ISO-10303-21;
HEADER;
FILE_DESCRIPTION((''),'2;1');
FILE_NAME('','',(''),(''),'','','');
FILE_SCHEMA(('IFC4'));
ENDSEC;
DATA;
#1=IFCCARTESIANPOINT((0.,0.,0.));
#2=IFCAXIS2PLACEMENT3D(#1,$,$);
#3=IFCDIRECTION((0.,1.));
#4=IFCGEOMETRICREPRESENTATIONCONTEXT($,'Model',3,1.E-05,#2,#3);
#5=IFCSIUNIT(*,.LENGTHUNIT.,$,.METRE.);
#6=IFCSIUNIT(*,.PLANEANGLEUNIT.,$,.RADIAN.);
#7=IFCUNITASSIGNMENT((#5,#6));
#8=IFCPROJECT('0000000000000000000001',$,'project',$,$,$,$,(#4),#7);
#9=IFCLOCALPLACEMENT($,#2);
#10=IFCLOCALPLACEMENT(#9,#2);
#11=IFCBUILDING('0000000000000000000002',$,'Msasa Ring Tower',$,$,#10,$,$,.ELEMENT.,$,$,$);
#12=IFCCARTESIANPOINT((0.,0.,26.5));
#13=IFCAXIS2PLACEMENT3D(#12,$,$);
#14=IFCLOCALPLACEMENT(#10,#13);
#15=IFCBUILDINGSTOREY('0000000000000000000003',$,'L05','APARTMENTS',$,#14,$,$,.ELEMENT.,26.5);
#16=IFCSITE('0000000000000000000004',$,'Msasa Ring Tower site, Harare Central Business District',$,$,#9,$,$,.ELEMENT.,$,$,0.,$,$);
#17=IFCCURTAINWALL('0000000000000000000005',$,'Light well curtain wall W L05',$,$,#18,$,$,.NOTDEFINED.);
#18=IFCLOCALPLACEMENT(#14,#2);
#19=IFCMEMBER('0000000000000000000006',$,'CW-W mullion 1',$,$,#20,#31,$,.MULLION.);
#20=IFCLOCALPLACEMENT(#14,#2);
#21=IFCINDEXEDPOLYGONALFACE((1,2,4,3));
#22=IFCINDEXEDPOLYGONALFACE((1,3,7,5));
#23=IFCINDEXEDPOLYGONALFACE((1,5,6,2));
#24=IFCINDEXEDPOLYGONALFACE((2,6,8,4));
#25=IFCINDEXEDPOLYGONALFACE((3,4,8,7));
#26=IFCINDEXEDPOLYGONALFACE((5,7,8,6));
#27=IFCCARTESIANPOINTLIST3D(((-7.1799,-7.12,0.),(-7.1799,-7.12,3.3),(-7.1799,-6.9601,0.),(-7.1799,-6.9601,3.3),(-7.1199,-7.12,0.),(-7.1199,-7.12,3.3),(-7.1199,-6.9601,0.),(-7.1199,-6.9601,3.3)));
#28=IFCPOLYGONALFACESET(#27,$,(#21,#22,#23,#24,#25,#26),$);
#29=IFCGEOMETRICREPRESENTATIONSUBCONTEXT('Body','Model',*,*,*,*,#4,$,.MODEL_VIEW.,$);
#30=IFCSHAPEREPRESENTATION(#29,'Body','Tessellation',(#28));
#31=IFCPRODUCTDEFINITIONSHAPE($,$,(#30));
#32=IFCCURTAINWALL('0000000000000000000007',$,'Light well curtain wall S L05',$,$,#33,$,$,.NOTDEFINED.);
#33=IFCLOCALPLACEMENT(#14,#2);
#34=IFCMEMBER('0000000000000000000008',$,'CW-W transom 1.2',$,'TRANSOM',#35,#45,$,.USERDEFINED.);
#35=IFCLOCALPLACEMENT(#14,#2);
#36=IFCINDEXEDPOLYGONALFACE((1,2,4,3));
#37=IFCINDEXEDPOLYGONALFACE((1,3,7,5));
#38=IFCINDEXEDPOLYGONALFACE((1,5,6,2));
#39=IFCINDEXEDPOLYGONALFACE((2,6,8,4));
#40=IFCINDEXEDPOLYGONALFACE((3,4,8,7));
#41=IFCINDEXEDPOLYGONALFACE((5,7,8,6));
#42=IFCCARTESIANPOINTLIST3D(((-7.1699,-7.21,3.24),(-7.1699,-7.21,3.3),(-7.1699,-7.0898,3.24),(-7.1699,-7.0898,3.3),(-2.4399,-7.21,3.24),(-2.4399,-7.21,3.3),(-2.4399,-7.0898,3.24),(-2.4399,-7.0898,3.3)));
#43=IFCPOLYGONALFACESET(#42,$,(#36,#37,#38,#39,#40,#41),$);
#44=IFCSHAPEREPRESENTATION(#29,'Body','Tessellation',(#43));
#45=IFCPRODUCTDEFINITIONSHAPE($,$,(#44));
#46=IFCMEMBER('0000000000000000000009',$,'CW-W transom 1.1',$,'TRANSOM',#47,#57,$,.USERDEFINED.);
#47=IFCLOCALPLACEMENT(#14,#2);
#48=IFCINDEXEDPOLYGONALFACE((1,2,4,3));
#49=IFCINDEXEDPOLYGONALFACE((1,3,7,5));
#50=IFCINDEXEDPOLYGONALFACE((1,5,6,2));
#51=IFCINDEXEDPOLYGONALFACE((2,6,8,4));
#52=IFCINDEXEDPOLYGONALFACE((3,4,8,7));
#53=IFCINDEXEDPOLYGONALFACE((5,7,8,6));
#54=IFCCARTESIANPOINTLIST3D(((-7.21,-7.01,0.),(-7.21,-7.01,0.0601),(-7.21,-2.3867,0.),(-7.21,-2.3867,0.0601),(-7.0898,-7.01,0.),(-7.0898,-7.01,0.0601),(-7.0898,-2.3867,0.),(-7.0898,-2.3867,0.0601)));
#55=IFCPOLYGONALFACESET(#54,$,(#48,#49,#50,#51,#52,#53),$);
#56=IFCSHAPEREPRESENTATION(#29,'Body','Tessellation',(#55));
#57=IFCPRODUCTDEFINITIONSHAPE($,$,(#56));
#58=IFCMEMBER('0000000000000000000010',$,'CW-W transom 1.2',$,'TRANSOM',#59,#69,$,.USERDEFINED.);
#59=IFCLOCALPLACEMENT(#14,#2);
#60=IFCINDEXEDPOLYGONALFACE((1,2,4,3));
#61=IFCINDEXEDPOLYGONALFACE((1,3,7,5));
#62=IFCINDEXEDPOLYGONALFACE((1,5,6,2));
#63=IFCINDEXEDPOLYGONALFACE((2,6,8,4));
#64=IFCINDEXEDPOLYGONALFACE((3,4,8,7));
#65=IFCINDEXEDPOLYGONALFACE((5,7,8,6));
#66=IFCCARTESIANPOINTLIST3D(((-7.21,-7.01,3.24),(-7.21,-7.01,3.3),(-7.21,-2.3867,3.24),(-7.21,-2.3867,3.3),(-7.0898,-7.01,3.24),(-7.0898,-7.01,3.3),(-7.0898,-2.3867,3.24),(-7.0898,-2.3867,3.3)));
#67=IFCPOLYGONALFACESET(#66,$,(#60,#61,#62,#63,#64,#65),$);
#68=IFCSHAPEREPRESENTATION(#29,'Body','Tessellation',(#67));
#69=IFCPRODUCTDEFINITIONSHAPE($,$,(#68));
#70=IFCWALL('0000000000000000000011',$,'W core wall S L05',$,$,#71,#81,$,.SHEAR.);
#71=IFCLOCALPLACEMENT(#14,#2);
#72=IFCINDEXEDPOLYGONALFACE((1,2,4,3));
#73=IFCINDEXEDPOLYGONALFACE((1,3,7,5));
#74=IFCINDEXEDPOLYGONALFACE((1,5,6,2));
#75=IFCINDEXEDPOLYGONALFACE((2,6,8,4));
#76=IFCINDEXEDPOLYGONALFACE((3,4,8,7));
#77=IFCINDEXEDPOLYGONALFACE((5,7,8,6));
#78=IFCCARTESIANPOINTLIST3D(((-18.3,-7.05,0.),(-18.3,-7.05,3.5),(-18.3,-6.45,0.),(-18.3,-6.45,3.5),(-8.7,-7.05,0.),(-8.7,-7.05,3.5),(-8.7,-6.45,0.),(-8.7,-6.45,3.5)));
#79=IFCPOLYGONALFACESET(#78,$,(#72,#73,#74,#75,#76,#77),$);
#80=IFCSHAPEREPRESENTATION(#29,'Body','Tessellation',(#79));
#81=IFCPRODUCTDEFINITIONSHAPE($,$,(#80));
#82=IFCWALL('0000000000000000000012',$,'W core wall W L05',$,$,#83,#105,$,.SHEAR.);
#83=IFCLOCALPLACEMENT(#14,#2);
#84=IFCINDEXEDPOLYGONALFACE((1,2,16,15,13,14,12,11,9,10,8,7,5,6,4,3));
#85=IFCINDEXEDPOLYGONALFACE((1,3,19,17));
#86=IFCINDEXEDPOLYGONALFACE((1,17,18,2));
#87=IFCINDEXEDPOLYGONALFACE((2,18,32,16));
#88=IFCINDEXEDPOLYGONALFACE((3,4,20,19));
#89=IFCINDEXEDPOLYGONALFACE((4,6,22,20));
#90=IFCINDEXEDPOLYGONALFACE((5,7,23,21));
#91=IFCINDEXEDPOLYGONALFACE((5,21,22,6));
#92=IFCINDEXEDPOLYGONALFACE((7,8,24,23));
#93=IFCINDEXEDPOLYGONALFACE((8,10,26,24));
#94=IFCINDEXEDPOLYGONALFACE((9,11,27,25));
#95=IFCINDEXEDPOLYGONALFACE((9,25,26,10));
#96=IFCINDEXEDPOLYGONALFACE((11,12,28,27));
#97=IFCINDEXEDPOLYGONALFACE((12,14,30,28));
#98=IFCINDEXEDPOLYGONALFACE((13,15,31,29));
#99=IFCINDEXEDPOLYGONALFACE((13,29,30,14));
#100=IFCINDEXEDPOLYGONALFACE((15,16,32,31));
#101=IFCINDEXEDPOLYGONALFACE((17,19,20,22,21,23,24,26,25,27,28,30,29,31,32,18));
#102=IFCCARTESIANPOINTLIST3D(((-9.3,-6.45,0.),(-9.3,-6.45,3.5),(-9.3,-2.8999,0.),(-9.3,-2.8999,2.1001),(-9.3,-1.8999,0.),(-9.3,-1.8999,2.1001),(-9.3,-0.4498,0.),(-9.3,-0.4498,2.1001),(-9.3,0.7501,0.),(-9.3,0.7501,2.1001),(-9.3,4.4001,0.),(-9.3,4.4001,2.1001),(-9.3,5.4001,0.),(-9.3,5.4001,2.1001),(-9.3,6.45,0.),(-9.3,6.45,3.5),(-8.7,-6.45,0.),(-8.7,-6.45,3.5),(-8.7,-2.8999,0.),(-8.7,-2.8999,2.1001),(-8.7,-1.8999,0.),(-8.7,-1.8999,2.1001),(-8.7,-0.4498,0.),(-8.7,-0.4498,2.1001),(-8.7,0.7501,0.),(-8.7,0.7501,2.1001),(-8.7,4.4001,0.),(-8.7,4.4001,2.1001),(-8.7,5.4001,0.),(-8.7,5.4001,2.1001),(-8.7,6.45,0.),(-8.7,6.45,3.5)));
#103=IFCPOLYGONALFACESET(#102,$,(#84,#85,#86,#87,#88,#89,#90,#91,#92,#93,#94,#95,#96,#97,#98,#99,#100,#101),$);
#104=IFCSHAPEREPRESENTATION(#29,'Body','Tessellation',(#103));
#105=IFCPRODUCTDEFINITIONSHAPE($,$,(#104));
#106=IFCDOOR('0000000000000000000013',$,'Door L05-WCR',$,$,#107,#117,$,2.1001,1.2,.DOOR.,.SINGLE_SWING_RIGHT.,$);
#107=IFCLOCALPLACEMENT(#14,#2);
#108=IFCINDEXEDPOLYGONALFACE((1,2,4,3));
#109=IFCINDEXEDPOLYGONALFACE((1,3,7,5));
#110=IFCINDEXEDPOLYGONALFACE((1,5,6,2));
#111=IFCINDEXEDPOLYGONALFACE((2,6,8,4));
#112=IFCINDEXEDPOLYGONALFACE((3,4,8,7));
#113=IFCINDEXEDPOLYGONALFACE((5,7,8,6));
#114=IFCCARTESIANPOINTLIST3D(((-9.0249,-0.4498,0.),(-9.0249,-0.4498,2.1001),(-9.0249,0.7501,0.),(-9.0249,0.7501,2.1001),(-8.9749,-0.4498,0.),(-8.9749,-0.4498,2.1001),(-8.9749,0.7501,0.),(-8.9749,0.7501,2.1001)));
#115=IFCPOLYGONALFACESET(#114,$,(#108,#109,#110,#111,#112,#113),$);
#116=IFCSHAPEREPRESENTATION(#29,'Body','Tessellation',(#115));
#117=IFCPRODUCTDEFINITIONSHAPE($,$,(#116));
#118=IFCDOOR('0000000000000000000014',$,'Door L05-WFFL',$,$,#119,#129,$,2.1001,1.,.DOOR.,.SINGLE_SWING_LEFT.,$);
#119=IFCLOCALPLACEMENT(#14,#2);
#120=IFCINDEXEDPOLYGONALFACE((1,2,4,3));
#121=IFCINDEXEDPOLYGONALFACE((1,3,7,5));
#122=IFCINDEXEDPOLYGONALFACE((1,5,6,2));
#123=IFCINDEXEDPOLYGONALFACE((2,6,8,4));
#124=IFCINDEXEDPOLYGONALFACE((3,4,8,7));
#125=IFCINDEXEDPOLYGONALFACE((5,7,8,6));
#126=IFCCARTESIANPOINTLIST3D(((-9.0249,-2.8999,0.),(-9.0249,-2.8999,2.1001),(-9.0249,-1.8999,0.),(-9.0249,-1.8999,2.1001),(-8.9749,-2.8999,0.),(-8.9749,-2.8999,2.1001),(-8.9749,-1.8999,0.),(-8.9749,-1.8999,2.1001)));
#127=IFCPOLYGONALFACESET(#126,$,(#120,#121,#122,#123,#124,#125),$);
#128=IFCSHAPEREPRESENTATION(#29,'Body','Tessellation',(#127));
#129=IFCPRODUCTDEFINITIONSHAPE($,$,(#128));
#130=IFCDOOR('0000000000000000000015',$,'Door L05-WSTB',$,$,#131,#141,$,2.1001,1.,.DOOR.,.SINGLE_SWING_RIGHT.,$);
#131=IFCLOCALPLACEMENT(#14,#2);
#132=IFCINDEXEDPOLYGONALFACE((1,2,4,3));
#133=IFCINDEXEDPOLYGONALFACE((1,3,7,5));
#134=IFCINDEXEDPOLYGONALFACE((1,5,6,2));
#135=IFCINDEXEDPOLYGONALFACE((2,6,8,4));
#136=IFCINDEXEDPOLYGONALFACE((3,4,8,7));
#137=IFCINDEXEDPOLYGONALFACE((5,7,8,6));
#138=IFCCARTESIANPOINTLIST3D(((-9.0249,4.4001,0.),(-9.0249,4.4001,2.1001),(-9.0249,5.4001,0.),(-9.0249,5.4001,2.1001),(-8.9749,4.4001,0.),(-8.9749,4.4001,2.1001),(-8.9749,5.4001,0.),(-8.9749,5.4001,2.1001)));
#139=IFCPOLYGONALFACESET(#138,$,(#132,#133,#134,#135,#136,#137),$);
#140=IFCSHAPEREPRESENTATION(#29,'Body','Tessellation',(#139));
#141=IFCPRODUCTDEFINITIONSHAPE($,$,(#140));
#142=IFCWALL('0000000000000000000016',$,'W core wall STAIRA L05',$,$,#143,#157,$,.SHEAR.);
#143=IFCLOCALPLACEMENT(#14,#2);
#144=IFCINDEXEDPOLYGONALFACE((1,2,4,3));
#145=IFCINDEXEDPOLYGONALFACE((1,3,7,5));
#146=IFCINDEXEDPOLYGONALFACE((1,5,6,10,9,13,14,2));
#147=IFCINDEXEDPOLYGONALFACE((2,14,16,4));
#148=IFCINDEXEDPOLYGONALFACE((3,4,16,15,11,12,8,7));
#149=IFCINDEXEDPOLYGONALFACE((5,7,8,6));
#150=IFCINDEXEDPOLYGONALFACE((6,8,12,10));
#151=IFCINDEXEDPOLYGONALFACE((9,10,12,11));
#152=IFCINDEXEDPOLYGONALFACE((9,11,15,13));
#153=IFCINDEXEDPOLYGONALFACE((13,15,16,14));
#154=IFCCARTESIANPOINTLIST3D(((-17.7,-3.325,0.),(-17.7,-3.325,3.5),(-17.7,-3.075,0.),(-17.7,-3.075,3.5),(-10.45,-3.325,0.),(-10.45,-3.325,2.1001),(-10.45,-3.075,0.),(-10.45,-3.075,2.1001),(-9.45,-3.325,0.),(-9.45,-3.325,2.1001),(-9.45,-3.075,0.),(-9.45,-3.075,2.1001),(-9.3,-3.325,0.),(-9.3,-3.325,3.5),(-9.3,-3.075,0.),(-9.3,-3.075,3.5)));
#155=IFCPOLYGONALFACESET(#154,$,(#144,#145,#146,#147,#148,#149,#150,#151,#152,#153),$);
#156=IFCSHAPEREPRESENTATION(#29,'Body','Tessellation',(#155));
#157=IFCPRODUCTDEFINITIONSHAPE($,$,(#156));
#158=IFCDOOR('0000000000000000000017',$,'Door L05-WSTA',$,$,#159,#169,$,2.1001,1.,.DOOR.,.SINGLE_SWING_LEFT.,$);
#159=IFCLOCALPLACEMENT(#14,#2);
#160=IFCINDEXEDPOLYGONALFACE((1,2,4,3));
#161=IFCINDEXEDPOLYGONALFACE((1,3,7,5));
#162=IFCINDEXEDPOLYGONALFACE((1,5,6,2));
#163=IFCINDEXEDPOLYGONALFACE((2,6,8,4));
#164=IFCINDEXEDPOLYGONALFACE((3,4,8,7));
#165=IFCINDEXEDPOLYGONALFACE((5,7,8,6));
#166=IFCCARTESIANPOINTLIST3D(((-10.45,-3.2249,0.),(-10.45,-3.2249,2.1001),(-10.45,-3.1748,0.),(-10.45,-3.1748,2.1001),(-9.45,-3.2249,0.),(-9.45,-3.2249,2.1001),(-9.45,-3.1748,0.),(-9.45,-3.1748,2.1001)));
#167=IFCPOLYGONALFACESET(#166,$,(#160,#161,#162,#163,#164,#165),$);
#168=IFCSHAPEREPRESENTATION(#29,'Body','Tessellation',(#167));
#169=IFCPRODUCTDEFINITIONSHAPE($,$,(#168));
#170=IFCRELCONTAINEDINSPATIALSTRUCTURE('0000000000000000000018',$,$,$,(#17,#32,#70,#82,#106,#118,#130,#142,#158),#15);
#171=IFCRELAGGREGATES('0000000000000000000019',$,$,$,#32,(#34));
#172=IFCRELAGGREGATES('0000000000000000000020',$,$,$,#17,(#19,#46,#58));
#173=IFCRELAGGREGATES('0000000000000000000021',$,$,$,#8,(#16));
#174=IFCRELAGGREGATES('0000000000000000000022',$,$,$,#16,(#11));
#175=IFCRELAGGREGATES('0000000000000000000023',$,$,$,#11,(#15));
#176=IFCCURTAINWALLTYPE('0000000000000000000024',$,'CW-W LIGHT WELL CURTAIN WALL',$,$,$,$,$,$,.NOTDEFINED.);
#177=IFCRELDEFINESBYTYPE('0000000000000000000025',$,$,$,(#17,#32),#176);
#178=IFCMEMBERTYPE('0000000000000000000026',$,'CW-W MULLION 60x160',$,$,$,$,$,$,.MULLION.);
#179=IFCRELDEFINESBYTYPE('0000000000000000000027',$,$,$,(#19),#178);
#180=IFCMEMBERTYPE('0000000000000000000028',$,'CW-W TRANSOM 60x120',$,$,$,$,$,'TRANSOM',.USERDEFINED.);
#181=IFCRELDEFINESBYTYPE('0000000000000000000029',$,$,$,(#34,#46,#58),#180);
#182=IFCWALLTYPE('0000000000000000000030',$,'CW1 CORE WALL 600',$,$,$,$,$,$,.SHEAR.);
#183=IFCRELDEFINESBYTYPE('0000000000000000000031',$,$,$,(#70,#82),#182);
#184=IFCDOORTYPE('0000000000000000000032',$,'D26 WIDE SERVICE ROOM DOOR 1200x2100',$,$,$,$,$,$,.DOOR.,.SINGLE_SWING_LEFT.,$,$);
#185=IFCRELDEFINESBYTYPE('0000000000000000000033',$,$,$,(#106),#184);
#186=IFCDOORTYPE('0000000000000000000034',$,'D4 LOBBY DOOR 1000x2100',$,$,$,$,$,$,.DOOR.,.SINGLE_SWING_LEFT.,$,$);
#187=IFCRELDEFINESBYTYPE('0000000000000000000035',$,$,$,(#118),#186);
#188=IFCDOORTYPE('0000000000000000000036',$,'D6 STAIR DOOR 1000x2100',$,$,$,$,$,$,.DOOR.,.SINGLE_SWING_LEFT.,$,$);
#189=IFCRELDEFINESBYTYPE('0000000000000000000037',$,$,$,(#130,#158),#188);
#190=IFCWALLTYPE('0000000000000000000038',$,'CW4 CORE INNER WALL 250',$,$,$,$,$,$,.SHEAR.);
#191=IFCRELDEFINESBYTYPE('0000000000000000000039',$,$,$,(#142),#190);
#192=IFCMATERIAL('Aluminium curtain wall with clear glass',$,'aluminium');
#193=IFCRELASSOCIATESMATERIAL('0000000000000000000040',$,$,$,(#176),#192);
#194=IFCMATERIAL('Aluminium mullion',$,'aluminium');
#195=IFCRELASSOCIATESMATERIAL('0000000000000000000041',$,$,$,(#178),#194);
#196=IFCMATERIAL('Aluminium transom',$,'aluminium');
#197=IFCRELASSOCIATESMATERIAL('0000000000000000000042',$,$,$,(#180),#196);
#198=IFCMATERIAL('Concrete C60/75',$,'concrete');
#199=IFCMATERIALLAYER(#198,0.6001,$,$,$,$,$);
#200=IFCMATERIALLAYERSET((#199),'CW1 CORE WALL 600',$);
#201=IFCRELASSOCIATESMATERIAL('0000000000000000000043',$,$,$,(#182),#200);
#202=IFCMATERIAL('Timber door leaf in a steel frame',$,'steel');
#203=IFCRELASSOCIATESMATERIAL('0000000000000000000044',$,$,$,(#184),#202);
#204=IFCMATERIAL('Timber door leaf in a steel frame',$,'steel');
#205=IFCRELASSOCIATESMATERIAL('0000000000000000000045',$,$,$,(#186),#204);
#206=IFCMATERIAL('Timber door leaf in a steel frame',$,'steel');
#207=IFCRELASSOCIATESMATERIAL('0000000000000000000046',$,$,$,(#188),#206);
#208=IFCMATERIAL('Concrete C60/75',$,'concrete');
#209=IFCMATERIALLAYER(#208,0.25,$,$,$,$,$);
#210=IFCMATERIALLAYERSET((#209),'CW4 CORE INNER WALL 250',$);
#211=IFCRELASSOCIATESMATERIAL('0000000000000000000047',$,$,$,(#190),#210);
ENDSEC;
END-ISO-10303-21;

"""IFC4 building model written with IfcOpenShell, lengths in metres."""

from ifc_helpers import new_model, si_unit, direction, frame, frame_2d, origin, origin_2d, place, context, subcontext, project, spatial, rectangle, extrude, material, layer, layer_set, material_profile, profile_set, type_object, element, fill, aggregate, save


model = new_model("IFC4")

# Units and contexts
model_context = context("Model", 3, precision=1e-05, world=origin(), true_north=direction((0.0, 1.0)))
body_context = subcontext(model_context, "Body", "Model", "MODEL_VIEW")
ifc_project = project(units=[si_unit("LENGTHUNIT", "METRE"), si_unit("PLANEANGLEUNIT", "RADIAN")], contexts=[model_context])

# Site, building, storey
site_placement = place(None, origin())
site = spatial("IfcSite", under=ifc_project, at=site_placement, Name="Msasa Ring Tower site, Harare Central Business District", CompositionType="ELEMENT", RefElevation=0.0)
building_placement = place(site_placement, origin())
building = spatial("IfcBuilding", under=site, at=building_placement, Name="Msasa Ring Tower", CompositionType="ELEMENT")
storey_placement = place(building_placement, frame((0.0, 0.0, 26.5)))
storey = spatial("IfcBuildingStorey", under=building, at=storey_placement, Name="L05", Description="APARTMENTS", CompositionType="ELEMENT", Elevation=26.5)

# Curtain walls, members
ifc_material_1 = material(Name="Aluminium curtain wall with clear glass", Category="aluminium")
curtain_wall_type = type_object("IfcCurtainWallType", Name="CW-W LIGHT WELL CURTAIN WALL", PredefinedType="NOTDEFINED", material=ifc_material_1)
curtain_wall_1_placement = place(storey_placement, origin())
curtain_wall_1 = element("IfcCurtainWall", 1, at=curtain_wall_1_placement, inside=storey, type_object=curtain_wall_type, Name="Light well curtain wall W L05", PredefinedType="NOTDEFINED")
ifc_material_2 = material(Name="Aluminium mullion", Category="aluminium")
ifc_material_profile_1 = material_profile(ifc_material_2, rectangle(XDim=0.0601, YDim=0.1599, at=origin_2d()), Name="AL 60x160")
ifc_profile_set_1 = profile_set([ifc_material_profile_1], Name="Aluminium mullion")
member_type_1 = type_object("IfcMemberType", Name="CW-W MULLION 60x160", PredefinedType="MULLION", material=ifc_profile_set_1)
member_1_placement = place(storey_placement, frame((-7.1499, -7.04, 0.0), z_axis=(0.0, 0.0, 1.0), x_axis=(-1.0, 0.0, 0.0)))
member_1 = element("IfcMember", 2, at=member_1_placement, type_object=member_type_1, Name="CW-W mullion 1", PredefinedType="MULLION", context=body_context, shape_type="SweptSolid", body=[
    extrude(rectangle(XDim=0.0601, YDim=0.1599, at=origin_2d()), origin(), (0.0, 0.0, 1.0), 3.3),
])
curtain_wall_2_placement = place(storey_placement, origin())
curtain_wall_2 = element("IfcCurtainWall", 3, at=curtain_wall_2_placement, inside=storey, type_object=curtain_wall_type, Name="Light well curtain wall S L05", PredefinedType="NOTDEFINED")
ifc_material_3 = material(Name="Aluminium transom", Category="aluminium")
ifc_material_profile_2 = material_profile(ifc_material_3, rectangle(XDim=0.1201, YDim=0.0601, at=origin_2d()), Name="AL 60x120")
ifc_profile_set_2 = profile_set([ifc_material_profile_2], Name="Aluminium transom")
member_type_2 = type_object("IfcMemberType", Name="CW-W TRANSOM 60x120", ElementType="TRANSOM", PredefinedType="USERDEFINED", material=ifc_profile_set_2)
member_2_placement = place(storey_placement, frame((-7.1699, -7.1499, 3.27), z_axis=(1.0, 0.0, 0.0), x_axis=(0.0, 1.0, 0.0)))
member_2 = element("IfcMember", 4, at=member_2_placement, type_object=member_type_2, Name="CW-W transom 1.2", ObjectType="TRANSOM", PredefinedType="USERDEFINED", context=body_context, shape_type="SweptSolid", body=[
    extrude(rectangle(XDim=0.1201, YDim=0.0601, at=origin_2d()), origin(), (0.0, 0.0, 1.0), 4.73),
])
aggregate(curtain_wall_2, [member_2])

# Members
member_3_placement = place(storey_placement, frame((-7.1499, -7.01, 0.03), z_axis=(0.0, 1.0, 0.0), x_axis=(-1.0, 0.0, 0.0)))
member_3 = element("IfcMember", 5, at=member_3_placement, type_object=member_type_2, Name="CW-W transom 1.1", ObjectType="TRANSOM", PredefinedType="USERDEFINED", context=body_context, shape_type="SweptSolid", body=[
    extrude(rectangle(XDim=0.1201, YDim=0.0601, at=origin_2d()), origin(), (0.0, 0.0, 1.0), 4.6233),
])
member_4_placement = place(storey_placement, frame((-7.1499, -7.01, 3.27), z_axis=(0.0, 1.0, 0.0), x_axis=(-1.0, 0.0, 0.0)))
member_4 = element("IfcMember", 6, at=member_4_placement, type_object=member_type_2, Name="CW-W transom 1.2", ObjectType="TRANSOM", PredefinedType="USERDEFINED", context=body_context, shape_type="SweptSolid", body=[
    extrude(rectangle(XDim=0.1201, YDim=0.0601, at=origin_2d()), origin(), (0.0, 0.0, 1.0), 4.6233),
])
aggregate(curtain_wall_1, [member_1, member_3, member_4])

# Wall
ifc_material_4 = material(Name="Concrete C60/75", Category="concrete")
ifc_layer_1 = layer(ifc_material_4, 0.6001)
ifc_layer_set_1 = layer_set([ifc_layer_1], Name="CW1 CORE WALL 600")
wall_type_1 = type_object("IfcWallType", Name="CW1 CORE WALL 600", PredefinedType="SHEAR", material=ifc_layer_set_1)
wall_1_placement = place(storey_placement, frame((-8.7, -6.75, 0.0), z_axis=(0.0, 0.0, 1.0), x_axis=(-1.0, 0.0, 0.0)))
element("IfcWall", 7, at=wall_1_placement, inside=storey, type_object=wall_type_1, Name="W core wall S L05", PredefinedType="SHEAR", context=body_context, shape_type="SweptSolid", body=[
    extrude(rectangle(XDim=9.6001, YDim=0.6001, at=frame_2d((4.8, 0.0))), origin(), (0.0, 0.0, 1.0), 3.5),
])

# Wall, openings, doors
wall_2_placement = place(storey_placement, frame((-9.0, -6.45, 0.0), z_axis=(0.0, 0.0, 1.0), x_axis=(0.0, 1.0, 0.0)))
wall_2 = element("IfcWall", 8, at=wall_2_placement, inside=storey, type_object=wall_type_1, Name="W core wall W L05", PredefinedType="SHEAR", context=body_context, shape_type="SweptSolid", body=[
    extrude(rectangle(XDim=12.8999, YDim=0.6001, at=frame_2d((6.45, 0.0))), origin(), (0.0, 0.0, 1.0), 3.5),
])
opening_1_placement = place(wall_2_placement, frame((3.55, 0.0, 0.0)))
opening_1 = element("IfcOpeningElement", 9, at=opening_1_placement, cuts=wall_2, PredefinedType="OPENING", context=body_context, shape_type="SweptSolid", body=[
    extrude(rectangle(XDim=1.0, YDim=2.1001, at=frame_2d((0.5, 1.05))), frame((0.0, 0.3101, 0.0), z_axis=(0.0, -1.0, 0.0), x_axis=(1.0, 0.0, 0.0)), (0.0, 0.0, 1.0), 0.6201),
])
opening_2_placement = place(wall_2_placement, frame((6.0, 0.0, 0.0)))
opening_2 = element("IfcOpeningElement", 10, at=opening_2_placement, cuts=wall_2, PredefinedType="OPENING", context=body_context, shape_type="SweptSolid", body=[
    extrude(rectangle(XDim=1.2, YDim=2.1001, at=frame_2d((0.6001, 1.05))), frame((0.0, 0.3101, 0.0), z_axis=(0.0, -1.0, 0.0), x_axis=(1.0, 0.0, 0.0)), (0.0, 0.0, 1.0), 0.6201),
])
opening_3_placement = place(wall_2_placement, frame((10.8501, 0.0, 0.0)))
opening_3 = element("IfcOpeningElement", 11, at=opening_3_placement, cuts=wall_2, PredefinedType="OPENING", context=body_context, shape_type="SweptSolid", body=[
    extrude(rectangle(XDim=1.0, YDim=2.1001, at=frame_2d((0.5, 1.05))), frame((0.0, 0.3101, 0.0), z_axis=(0.0, -1.0, 0.0), x_axis=(1.0, 0.0, 0.0)), (0.0, 0.0, 1.0), 0.6201),
])
ifc_material_5 = material(Name="Timber door leaf in a steel frame", Category="steel")
door_type_1 = type_object("IfcDoorType", Name="D26 WIDE SERVICE ROOM DOOR 1200x2100", OperationType="SINGLE_SWING_LEFT", PredefinedType="DOOR", material=ifc_material_5)
door_1_placement = place(opening_2_placement, origin())
door_1 = element("IfcDoor", 12, at=door_1_placement, inside=storey, type_object=door_type_1, Name="Door L05-WCR", OperationType="SINGLE_SWING_RIGHT", OverallHeight=2.1001, OverallWidth=1.2, PredefinedType="DOOR", context=body_context, shape_type="SweptSolid", body=[
    extrude(rectangle(XDim=1.2, YDim=2.1001, at=frame_2d((0.6001, 1.05))), frame((0.0, 0.0249, 0.0), z_axis=(0.0, -1.0, 0.0), x_axis=(1.0, 0.0, 0.0)), (0.0, 0.0, 1.0), 0.05),
])
fill(opening_2, door_1)
ifc_material_6 = material(Name="Timber door leaf in a steel frame", Category="steel")
door_type_2 = type_object("IfcDoorType", Name="D4 LOBBY DOOR 1000x2100", OperationType="SINGLE_SWING_LEFT", PredefinedType="DOOR", material=ifc_material_6)
door_2_placement = place(opening_1_placement, origin())
door_2 = element("IfcDoor", 13, at=door_2_placement, inside=storey, type_object=door_type_2, Name="Door L05-WFFL", OperationType="SINGLE_SWING_LEFT", OverallHeight=2.1001, OverallWidth=1.0, PredefinedType="DOOR", context=body_context, shape_type="SweptSolid", body=[
    extrude(rectangle(XDim=1.0, YDim=2.1001, at=frame_2d((0.5, 1.05))), frame((0.0, 0.0249, 0.0), z_axis=(0.0, -1.0, 0.0), x_axis=(1.0, 0.0, 0.0)), (0.0, 0.0, 1.0), 0.05),
])
fill(opening_1, door_2)
ifc_material_7 = material(Name="Timber door leaf in a steel frame", Category="steel")
door_type_3 = type_object("IfcDoorType", Name="D6 STAIR DOOR 1000x2100", OperationType="SINGLE_SWING_LEFT", PredefinedType="DOOR", material=ifc_material_7)
door_3_placement = place(opening_3_placement, origin())
door_3 = element("IfcDoor", 14, at=door_3_placement, inside=storey, type_object=door_type_3, Name="Door L05-WSTB", OperationType="SINGLE_SWING_RIGHT", OverallHeight=2.1001, OverallWidth=1.0, PredefinedType="DOOR", context=body_context, shape_type="SweptSolid", body=[
    extrude(rectangle(XDim=1.0, YDim=2.1001, at=frame_2d((0.5, 1.05))), frame((0.0, 0.0249, 0.0), z_axis=(0.0, -1.0, 0.0), x_axis=(1.0, 0.0, 0.0)), (0.0, 0.0, 1.0), 0.05),
])
fill(opening_3, door_3)

# Wall, opening, door
ifc_material_8 = material(Name="Concrete C60/75", Category="concrete")
ifc_layer_2 = layer(ifc_material_8, 0.25)
ifc_layer_set_2 = layer_set([ifc_layer_2], Name="CW4 CORE INNER WALL 250")
wall_type_2 = type_object("IfcWallType", Name="CW4 CORE INNER WALL 250", PredefinedType="SHEAR", material=ifc_layer_set_2)
wall_3_placement = place(storey_placement, frame((-9.3, -3.2, 0.0), z_axis=(0.0, 0.0, 1.0), x_axis=(-1.0, 0.0, 0.0)))
wall_3 = element("IfcWall", 15, at=wall_3_placement, inside=storey, type_object=wall_type_2, Name="W core wall STAIRA L05", PredefinedType="SHEAR", context=body_context, shape_type="SweptSolid", body=[
    extrude(rectangle(XDim=8.3999, YDim=0.25, at=frame_2d((4.2, 0.0))), origin(), (0.0, 0.0, 1.0), 3.5),
])
opening_4_placement = place(wall_3_placement, frame((0.1499, 0.0, 0.0)))
opening_4 = element("IfcOpeningElement", 16, at=opening_4_placement, cuts=wall_3, PredefinedType="OPENING", context=body_context, shape_type="SweptSolid", body=[
    extrude(rectangle(XDim=1.0, YDim=2.1001, at=frame_2d((0.5, 1.05))), frame((0.0, 0.135, 0.0), z_axis=(0.0, -1.0, 0.0), x_axis=(1.0, 0.0, 0.0)), (0.0, 0.0, 1.0), 0.27),
])
door_4_placement = place(opening_4_placement, origin())
door_4 = element("IfcDoor", 17, at=door_4_placement, inside=storey, type_object=door_type_3, Name="Door L05-WSTA", OperationType="SINGLE_SWING_LEFT", OverallHeight=2.1001, OverallWidth=1.0, PredefinedType="DOOR", context=body_context, shape_type="SweptSolid", body=[
    extrude(rectangle(XDim=1.0, YDim=2.1001, at=frame_2d((0.5, 1.05))), frame((0.0, 0.0249, 0.0), z_axis=(0.0, -1.0, 0.0), x_axis=(1.0, 0.0, 0.0)), (0.0, 0.0, 1.0), 0.05),
])
fill(opening_4, door_4)

save(model, "model.ifc")
